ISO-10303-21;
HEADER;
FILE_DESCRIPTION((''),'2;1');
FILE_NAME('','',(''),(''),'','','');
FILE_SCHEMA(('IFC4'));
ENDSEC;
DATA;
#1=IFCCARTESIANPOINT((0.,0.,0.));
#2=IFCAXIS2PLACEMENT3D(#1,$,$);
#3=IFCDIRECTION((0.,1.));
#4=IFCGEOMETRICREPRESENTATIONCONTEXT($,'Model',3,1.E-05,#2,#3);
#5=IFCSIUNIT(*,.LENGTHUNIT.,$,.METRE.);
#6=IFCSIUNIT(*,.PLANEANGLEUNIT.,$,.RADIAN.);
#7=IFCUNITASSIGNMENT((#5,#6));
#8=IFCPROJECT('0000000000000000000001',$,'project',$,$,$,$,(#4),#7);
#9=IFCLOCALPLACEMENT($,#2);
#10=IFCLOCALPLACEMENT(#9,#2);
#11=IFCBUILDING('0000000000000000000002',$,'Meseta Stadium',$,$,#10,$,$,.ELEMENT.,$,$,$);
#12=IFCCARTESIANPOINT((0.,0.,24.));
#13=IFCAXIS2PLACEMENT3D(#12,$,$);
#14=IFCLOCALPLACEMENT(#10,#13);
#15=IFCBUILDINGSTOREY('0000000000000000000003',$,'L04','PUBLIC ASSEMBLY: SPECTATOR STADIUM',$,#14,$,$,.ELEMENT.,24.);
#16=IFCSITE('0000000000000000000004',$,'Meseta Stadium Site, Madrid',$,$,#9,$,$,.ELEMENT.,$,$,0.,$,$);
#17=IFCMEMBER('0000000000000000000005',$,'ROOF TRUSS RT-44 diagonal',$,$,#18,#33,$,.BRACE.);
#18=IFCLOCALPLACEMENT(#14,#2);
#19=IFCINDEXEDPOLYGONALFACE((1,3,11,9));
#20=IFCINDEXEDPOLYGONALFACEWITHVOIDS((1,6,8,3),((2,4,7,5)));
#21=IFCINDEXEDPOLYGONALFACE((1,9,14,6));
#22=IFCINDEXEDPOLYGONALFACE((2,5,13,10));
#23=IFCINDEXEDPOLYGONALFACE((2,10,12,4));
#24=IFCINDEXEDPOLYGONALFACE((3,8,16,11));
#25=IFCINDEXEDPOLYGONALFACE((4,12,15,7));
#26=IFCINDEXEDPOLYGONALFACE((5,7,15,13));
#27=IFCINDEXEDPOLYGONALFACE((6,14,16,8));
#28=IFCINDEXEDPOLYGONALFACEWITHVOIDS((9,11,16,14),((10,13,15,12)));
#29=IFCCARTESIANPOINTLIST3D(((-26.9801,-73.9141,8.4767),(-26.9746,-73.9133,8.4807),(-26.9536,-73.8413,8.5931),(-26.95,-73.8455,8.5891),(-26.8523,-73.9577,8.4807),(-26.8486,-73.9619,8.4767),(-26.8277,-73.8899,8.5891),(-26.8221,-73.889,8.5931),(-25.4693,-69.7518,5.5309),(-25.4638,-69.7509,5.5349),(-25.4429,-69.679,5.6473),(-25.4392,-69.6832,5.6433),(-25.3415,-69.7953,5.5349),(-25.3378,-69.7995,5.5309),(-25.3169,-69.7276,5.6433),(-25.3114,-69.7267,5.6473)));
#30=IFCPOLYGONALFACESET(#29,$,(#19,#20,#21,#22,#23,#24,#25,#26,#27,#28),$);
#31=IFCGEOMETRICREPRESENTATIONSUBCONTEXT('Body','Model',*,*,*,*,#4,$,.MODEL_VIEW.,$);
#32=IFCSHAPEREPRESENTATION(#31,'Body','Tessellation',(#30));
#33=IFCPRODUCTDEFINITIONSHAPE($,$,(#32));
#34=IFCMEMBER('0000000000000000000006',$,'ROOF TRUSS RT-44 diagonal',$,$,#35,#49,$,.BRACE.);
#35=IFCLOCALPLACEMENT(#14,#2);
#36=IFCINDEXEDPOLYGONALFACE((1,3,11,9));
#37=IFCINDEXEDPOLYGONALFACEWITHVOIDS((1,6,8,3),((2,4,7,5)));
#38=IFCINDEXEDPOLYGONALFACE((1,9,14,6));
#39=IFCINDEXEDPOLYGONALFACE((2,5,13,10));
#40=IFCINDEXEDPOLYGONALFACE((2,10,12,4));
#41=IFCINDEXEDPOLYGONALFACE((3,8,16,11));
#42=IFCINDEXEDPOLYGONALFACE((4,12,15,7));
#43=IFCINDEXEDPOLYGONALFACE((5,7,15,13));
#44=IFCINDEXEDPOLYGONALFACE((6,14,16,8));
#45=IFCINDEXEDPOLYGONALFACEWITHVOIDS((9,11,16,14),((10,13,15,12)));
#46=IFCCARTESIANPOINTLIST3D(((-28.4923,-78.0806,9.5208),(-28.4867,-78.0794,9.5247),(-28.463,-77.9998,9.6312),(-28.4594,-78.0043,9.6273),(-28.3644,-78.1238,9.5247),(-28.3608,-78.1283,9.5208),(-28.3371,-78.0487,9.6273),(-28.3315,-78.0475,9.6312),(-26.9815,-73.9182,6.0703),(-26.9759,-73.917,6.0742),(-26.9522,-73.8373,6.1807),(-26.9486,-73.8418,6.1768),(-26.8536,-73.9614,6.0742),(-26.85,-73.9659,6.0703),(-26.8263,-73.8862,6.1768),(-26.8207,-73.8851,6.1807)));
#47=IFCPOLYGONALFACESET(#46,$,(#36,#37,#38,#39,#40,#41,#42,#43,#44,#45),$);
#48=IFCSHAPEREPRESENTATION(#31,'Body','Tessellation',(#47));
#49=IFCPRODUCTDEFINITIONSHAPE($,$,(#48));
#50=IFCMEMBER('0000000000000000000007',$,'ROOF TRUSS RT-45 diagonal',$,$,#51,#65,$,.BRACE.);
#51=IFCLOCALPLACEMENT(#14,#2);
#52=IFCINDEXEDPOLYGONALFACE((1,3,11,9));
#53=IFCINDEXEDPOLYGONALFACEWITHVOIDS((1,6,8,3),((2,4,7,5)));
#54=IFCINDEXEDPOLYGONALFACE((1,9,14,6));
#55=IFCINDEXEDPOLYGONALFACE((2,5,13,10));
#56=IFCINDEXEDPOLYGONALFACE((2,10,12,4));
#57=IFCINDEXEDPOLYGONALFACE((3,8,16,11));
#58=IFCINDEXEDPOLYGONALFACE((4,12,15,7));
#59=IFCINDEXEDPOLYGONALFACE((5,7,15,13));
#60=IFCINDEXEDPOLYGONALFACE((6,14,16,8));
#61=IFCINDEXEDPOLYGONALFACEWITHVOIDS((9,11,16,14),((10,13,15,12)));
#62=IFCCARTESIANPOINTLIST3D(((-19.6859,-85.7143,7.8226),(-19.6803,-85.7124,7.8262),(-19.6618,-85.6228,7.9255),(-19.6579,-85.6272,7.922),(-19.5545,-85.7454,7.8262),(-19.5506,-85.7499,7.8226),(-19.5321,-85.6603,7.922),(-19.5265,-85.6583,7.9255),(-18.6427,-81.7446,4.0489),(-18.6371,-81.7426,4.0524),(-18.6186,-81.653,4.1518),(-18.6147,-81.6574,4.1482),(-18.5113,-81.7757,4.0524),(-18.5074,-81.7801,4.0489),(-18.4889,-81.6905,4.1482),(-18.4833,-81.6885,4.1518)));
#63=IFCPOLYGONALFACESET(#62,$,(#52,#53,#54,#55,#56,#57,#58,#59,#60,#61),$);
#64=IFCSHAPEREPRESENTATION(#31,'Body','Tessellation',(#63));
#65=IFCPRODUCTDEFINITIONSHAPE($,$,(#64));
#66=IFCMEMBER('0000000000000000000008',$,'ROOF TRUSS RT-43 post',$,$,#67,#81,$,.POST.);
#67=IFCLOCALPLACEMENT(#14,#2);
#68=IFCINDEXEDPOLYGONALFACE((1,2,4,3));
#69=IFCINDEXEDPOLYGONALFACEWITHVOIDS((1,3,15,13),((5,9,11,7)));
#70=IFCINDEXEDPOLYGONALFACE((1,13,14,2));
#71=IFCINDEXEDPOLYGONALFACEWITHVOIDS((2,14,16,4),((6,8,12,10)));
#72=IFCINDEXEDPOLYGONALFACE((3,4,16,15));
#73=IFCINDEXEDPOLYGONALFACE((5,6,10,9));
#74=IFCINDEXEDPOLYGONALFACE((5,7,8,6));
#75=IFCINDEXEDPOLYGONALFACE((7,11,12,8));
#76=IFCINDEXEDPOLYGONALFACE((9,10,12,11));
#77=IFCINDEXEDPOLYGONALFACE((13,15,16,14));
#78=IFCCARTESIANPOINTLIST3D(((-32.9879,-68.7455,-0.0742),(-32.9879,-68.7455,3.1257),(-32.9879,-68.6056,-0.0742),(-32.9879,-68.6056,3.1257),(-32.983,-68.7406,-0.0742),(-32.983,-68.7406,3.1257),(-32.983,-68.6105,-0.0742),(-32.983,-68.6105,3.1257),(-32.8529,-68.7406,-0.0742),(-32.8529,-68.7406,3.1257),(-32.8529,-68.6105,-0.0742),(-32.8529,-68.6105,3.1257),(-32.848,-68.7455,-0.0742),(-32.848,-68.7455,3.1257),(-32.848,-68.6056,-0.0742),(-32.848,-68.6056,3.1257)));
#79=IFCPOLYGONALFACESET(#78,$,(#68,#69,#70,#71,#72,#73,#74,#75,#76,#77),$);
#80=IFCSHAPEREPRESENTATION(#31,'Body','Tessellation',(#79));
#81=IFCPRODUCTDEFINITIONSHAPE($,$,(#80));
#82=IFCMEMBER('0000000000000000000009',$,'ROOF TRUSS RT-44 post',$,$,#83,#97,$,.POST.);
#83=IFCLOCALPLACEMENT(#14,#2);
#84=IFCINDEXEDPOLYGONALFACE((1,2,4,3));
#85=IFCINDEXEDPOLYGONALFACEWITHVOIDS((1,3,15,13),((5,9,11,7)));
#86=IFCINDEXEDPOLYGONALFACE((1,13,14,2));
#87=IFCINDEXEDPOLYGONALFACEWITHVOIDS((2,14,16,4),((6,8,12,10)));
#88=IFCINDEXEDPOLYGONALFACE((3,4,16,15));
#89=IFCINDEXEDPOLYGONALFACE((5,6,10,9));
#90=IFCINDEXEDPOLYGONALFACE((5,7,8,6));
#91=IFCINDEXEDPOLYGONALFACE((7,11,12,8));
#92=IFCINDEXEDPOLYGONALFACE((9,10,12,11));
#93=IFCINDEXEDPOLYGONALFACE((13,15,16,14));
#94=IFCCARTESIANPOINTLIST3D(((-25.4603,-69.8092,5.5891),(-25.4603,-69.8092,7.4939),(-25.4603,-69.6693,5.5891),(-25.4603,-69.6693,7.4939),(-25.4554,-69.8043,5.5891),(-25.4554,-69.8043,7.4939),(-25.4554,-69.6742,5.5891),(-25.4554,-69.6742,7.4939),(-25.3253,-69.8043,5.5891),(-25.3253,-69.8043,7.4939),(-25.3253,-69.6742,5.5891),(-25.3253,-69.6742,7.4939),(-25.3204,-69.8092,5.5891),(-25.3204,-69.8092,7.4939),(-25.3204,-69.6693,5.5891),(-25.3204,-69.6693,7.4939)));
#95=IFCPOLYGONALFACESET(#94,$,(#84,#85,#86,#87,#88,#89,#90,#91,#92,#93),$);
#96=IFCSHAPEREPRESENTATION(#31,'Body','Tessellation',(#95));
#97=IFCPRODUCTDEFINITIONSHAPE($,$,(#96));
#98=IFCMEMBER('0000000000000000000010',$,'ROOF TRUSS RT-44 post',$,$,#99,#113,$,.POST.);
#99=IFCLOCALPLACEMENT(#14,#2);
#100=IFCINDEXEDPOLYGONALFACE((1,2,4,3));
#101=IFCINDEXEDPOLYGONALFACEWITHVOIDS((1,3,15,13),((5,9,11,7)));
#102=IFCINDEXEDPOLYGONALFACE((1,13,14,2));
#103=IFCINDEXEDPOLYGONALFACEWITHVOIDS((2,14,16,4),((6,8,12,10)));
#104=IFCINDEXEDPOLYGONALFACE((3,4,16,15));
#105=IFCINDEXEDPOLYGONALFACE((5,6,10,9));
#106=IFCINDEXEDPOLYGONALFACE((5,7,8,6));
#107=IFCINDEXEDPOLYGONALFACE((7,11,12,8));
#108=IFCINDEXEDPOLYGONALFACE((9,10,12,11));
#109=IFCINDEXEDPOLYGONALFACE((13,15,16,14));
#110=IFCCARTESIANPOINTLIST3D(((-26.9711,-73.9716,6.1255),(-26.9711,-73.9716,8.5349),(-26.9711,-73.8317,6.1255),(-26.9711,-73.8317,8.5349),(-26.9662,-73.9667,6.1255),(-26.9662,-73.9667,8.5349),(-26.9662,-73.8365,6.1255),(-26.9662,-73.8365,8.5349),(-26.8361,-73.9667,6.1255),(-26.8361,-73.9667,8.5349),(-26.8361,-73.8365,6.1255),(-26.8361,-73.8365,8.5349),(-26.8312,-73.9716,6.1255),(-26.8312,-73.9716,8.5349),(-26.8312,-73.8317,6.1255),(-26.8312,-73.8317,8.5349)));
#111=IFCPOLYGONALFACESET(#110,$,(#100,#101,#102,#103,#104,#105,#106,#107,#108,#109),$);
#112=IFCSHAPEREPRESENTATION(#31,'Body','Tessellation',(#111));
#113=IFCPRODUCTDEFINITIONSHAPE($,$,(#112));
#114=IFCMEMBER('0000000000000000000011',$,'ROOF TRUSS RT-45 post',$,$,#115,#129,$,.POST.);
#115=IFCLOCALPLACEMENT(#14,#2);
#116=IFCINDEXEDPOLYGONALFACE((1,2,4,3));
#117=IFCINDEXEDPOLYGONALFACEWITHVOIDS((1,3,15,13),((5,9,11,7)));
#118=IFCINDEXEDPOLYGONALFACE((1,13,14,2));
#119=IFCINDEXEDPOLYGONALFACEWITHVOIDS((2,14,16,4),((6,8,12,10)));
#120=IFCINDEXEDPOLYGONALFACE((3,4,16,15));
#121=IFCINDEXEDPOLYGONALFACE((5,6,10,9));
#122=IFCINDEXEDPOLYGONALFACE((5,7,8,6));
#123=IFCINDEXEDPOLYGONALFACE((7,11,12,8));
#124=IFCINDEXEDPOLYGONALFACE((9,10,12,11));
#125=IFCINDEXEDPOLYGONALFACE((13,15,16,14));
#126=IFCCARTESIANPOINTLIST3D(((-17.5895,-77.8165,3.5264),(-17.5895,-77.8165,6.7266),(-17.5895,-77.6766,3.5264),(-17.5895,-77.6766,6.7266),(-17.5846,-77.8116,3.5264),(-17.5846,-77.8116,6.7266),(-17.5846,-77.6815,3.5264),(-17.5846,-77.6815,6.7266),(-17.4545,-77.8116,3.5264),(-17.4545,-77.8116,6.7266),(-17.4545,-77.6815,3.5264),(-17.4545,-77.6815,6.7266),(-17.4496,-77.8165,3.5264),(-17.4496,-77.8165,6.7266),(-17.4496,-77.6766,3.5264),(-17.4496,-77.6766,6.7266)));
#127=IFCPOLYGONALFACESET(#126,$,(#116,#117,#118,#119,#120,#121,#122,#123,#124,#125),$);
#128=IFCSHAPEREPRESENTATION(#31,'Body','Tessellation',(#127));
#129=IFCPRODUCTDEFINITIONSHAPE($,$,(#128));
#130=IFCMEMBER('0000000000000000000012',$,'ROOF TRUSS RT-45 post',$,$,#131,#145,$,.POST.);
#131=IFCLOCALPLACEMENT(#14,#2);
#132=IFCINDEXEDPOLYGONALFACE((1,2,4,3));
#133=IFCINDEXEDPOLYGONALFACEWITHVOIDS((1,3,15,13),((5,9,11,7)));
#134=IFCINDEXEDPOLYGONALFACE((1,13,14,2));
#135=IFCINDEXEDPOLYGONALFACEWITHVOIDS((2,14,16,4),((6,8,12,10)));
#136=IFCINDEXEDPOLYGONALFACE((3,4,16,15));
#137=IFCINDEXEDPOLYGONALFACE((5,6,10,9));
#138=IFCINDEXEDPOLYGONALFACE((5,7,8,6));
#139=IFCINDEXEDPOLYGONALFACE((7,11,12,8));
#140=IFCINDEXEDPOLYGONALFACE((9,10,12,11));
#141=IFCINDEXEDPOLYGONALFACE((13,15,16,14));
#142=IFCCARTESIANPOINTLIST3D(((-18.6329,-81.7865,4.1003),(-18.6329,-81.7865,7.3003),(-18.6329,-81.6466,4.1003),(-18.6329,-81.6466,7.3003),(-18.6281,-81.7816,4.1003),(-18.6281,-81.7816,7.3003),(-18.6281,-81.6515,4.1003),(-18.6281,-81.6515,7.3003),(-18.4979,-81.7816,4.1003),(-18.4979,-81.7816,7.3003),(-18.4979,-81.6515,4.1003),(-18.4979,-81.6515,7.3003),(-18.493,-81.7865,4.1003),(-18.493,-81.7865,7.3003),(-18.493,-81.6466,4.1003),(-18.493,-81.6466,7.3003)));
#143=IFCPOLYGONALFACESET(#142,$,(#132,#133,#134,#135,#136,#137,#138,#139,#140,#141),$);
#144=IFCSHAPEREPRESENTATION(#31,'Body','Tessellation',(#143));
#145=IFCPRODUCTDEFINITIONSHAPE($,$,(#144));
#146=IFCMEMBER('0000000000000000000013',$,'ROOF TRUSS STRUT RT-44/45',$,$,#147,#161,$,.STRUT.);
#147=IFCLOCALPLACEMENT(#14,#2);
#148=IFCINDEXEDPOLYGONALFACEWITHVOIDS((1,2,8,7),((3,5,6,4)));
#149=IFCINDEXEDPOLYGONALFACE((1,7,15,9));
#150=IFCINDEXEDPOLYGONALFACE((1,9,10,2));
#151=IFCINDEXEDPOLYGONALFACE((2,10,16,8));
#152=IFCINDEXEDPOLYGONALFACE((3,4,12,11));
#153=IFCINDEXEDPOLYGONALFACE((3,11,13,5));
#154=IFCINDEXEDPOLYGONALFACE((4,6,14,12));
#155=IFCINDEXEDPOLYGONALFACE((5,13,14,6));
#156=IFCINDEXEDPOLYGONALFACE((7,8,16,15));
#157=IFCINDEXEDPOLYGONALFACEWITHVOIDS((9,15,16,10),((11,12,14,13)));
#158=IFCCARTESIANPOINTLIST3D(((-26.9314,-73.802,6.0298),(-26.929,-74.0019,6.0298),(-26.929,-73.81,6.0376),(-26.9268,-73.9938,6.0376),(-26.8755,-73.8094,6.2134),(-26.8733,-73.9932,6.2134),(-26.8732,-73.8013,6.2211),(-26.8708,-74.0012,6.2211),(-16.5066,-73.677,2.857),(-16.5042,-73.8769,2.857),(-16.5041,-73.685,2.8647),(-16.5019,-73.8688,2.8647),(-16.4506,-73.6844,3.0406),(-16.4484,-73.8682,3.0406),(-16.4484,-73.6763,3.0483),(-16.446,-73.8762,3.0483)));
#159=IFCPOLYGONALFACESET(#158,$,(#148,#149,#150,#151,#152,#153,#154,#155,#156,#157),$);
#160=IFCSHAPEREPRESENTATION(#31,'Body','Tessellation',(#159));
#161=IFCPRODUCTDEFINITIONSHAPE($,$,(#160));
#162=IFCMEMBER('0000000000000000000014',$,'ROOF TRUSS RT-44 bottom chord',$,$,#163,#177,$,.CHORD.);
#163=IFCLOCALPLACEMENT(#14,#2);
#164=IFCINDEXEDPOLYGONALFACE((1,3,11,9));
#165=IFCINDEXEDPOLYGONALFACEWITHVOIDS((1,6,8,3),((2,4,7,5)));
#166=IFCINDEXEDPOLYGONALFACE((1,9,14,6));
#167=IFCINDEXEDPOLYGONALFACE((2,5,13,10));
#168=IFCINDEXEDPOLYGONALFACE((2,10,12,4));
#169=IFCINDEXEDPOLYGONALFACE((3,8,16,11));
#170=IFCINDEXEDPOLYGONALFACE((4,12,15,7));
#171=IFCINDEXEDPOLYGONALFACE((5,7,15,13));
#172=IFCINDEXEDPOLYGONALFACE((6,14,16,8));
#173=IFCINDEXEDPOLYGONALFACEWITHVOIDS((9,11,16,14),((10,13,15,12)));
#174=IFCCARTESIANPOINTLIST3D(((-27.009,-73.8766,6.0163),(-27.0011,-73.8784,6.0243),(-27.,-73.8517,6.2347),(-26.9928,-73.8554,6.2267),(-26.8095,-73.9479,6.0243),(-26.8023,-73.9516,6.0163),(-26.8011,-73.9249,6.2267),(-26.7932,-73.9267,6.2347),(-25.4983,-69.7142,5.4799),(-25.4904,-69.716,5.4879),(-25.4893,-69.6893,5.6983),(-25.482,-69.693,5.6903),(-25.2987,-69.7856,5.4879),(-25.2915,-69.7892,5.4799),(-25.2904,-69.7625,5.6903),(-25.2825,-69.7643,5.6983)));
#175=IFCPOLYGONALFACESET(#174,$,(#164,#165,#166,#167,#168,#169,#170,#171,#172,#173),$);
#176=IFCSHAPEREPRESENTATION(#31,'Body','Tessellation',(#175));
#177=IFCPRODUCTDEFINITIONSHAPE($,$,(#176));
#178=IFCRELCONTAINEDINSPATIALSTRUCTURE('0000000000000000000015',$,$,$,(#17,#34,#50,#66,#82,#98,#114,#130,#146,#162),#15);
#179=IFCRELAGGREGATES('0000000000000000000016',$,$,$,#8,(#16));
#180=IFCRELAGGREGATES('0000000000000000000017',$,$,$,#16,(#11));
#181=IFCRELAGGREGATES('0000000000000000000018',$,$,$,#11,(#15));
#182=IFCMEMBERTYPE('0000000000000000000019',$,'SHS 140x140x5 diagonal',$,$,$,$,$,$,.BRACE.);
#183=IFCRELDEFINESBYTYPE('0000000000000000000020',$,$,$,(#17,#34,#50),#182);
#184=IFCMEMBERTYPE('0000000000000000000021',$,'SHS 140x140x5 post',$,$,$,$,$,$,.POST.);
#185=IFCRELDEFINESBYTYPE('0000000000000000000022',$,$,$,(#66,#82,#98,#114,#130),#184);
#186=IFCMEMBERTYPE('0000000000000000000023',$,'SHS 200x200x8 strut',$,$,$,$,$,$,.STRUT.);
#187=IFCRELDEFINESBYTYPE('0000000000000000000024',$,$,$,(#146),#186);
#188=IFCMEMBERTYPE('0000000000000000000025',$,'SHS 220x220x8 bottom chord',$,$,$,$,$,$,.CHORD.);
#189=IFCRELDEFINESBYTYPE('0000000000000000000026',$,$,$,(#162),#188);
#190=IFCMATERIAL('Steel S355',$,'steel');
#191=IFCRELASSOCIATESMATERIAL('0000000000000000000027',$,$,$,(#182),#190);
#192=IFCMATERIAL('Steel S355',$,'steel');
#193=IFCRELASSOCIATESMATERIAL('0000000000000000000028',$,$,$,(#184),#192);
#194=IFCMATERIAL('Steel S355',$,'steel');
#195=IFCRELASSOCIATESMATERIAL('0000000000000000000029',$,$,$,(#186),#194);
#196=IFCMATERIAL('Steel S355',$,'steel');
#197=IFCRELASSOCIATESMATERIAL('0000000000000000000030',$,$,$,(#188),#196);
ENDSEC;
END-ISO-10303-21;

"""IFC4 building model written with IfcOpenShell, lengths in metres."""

from ifc_helpers import new_model, si_unit, direction, frame, origin, origin_2d, place, context, subcontext, project, spatial, hollow_rectangle, extrude, material, material_profile, profile_set, type_object, element, save


model = new_model("IFC4")

# Units and contexts
model_context = context("Model", 3, precision=1e-05, world=origin(), true_north=direction((0.0, 1.0)))
body_context = subcontext(model_context, "Body", "Model", "MODEL_VIEW")
ifc_project = project(units=[si_unit("LENGTHUNIT", "METRE"), si_unit("PLANEANGLEUNIT", "RADIAN")], contexts=[model_context])

# Site, building, storey
site_placement = place(None, origin())
site = spatial("IfcSite", under=ifc_project, at=site_placement, Name="Meseta Stadium Site, Madrid", CompositionType="ELEMENT", RefElevation=0.0)
building_placement = place(site_placement, origin())
building = spatial("IfcBuilding", under=site, at=building_placement, Name="Meseta Stadium", CompositionType="ELEMENT")
storey_placement = place(building_placement, frame((0.0, 0.0, 24.0)))
storey = spatial("IfcBuildingStorey", under=building, at=storey_placement, Name="L04", Description="PUBLIC ASSEMBLY: SPECTATOR STADIUM", CompositionType="ELEMENT", Elevation=24.0)

# Members
ifc_material_1 = material(Name="Steel S355", Category="steel")
ifc_material_profile_1 = material_profile(ifc_material_1, hollow_rectangle(XDim=0.1399, YDim=0.1399, WallThickness=0.0049, at=origin_2d()), Name="SHS 140x140x5")
ifc_profile_set_1 = profile_set([ifc_material_profile_1], Name="Steel S355")
member_type_1 = type_object("IfcMemberType", Name="SHS 140x140x5 diagonal", PredefinedType="BRACE", material=ifc_profile_set_1)
member_1_placement = place(storey_placement, frame((-25.3904, -69.7393, 5.5891), z_axis=(-0.28406, -0.782634, 0.55389), x_axis=(0.939999, -0.341176, 0.0)))
element("IfcMember", 1, at=member_1_placement, inside=storey, type_object=member_type_1, Name="ROOF TRUSS RT-44 diagonal", PredefinedType="BRACE", context=body_context, shape_type="SweptSolid", body=[
    extrude(hollow_rectangle(XDim=0.1399, YDim=0.1399, WallThickness=0.0049, at=origin_2d()), origin(), (0.0, 0.0, 1.0), 5.3184),
])
member_2_placement = place(storey_placement, frame((-26.9011, -73.9016, 6.1255), z_axis=(-0.269119, -0.74147, 0.614652), x_axis=(0.939999, -0.341176, 0.0)))
element("IfcMember", 2, at=member_2_placement, inside=storey, type_object=member_type_1, Name="ROOF TRUSS RT-44 diagonal", PredefinedType="BRACE", context=body_context, shape_type="SweptSolid", body=[
    extrude(hollow_rectangle(XDim=0.1399, YDim=0.1399, WallThickness=0.0049, at=origin_2d()), origin(), (0.0, 0.0, 1.0), 5.6138),
])
member_3_placement = place(storey_placement, frame((-18.563, -81.7166, 4.1003), z_axis=(-0.187102, -0.711978, 0.676817), x_axis=(0.967162, -0.254162, 0.0)))
element("IfcMember", 3, at=member_3_placement, inside=storey, type_object=member_type_1, Name="ROOF TRUSS RT-45 diagonal", PredefinedType="BRACE", context=body_context, shape_type="SweptSolid", body=[
    extrude(hollow_rectangle(XDim=0.1399, YDim=0.1399, WallThickness=0.0049, at=origin_2d()), origin(), (0.0, 0.0, 1.0), 5.5757),
])
ifc_material_2 = material(Name="Steel S355", Category="steel")
ifc_material_profile_2 = material_profile(ifc_material_2, hollow_rectangle(XDim=0.1399, YDim=0.1399, WallThickness=0.0049, at=origin_2d()), Name="SHS 140x140x5")
ifc_profile_set_2 = profile_set([ifc_material_profile_2], Name="Steel S355")
member_type_2 = type_object("IfcMemberType", Name="SHS 140x140x5 post", PredefinedType="POST", material=ifc_profile_set_2)
member_4_placement = place(storey_placement, frame((-32.918, -68.6755, -0.0742), z_axis=(0.0, 0.0, 1.0), x_axis=(1.0, 0.0, 0.0)))
element("IfcMember", 4, at=member_4_placement, inside=storey, type_object=member_type_2, Name="ROOF TRUSS RT-43 post", PredefinedType="POST", context=body_context, shape_type="SweptSolid", body=[
    extrude(hollow_rectangle(XDim=0.1399, YDim=0.1399, WallThickness=0.0049, at=origin_2d()), origin(), (0.0, 0.0, 1.0), 3.2),
])
member_5_placement = place(storey_placement, frame((-25.3904, -69.7393, 5.5891), z_axis=(0.0, 0.0, 1.0), x_axis=(1.0, 0.0, 0.0)))
element("IfcMember", 5, at=member_5_placement, inside=storey, type_object=member_type_2, Name="ROOF TRUSS RT-44 post", PredefinedType="POST", context=body_context, shape_type="SweptSolid", body=[
    extrude(hollow_rectangle(XDim=0.1399, YDim=0.1399, WallThickness=0.0049, at=origin_2d()), origin(), (0.0, 0.0, 1.0), 1.9048),
])
member_6_placement = place(storey_placement, frame((-26.9011, -73.9016, 6.1255), z_axis=(0.0, 0.0, 1.0), x_axis=(1.0, 0.0, 0.0)))
element("IfcMember", 6, at=member_6_placement, inside=storey, type_object=member_type_2, Name="ROOF TRUSS RT-44 post", PredefinedType="POST", context=body_context, shape_type="SweptSolid", body=[
    extrude(hollow_rectangle(XDim=0.1399, YDim=0.1399, WallThickness=0.0049, at=origin_2d()), origin(), (0.0, 0.0, 1.0), 2.4094),
])
member_7_placement = place(storey_placement, frame((-17.5195, -77.7466, 3.5264), z_axis=(0.0, 0.0, 1.0), x_axis=(1.0, 0.0, 0.0)))
element("IfcMember", 7, at=member_7_placement, inside=storey, type_object=member_type_2, Name="ROOF TRUSS RT-45 post", PredefinedType="POST", context=body_context, shape_type="SweptSolid", body=[
    extrude(hollow_rectangle(XDim=0.1399, YDim=0.1399, WallThickness=0.0049, at=origin_2d()), origin(), (0.0, 0.0, 1.0), 3.2002),
])
member_8_placement = place(storey_placement, frame((-18.563, -81.7166, 4.1003), z_axis=(0.0, 0.0, 1.0), x_axis=(1.0, 0.0, 0.0)))
element("IfcMember", 8, at=member_8_placement, inside=storey, type_object=member_type_2, Name="ROOF TRUSS RT-45 post", PredefinedType="POST", context=body_context, shape_type="SweptSolid", body=[
    extrude(hollow_rectangle(XDim=0.1399, YDim=0.1399, WallThickness=0.0049, at=origin_2d()), origin(), (0.0, 0.0, 1.0), 3.2),
])
ifc_material_3 = material(Name="Steel S355", Category="steel")
ifc_material_profile_3 = material_profile(ifc_material_3, hollow_rectangle(XDim=0.2, YDim=0.2, WallThickness=0.0081, at=origin_2d()), Name="SHS 200x200x8")
ifc_profile_set_3 = profile_set([ifc_material_profile_3], Name="Steel S355")
member_type_3 = type_object("IfcMemberType", Name="SHS 200x200x8 strut", PredefinedType="STRUT", material=ifc_profile_set_3)
member_9_placement = place(storey_placement, frame((-26.9011, -73.9016, 6.1255), z_axis=(0.956609, 0.01147, -0.29115), x_axis=(-0.01199, 0.999928, 0.0)))
element("IfcMember", 9, at=member_9_placement, inside=storey, type_object=member_type_3, Name="ROOF TRUSS STRUT RT-44/45", PredefinedType="STRUT", context=body_context, shape_type="SweptSolid", body=[
    extrude(hollow_rectangle(XDim=0.2, YDim=0.2, WallThickness=0.0081, at=origin_2d()), origin(), (0.0, 0.0, 1.0), 10.8977),
])
ifc_material_4 = material(Name="Steel S355", Category="steel")
ifc_material_profile_4 = material_profile(ifc_material_4, hollow_rectangle(XDim=0.22, YDim=0.22, WallThickness=0.0081, at=origin_2d()), Name="SHS 220x220x8")
ifc_profile_set_4 = profile_set([ifc_material_profile_4], Name="Steel S355")
member_type_4 = type_object("IfcMemberType", Name="SHS 220x220x8 bottom chord", PredefinedType="CHORD", material=ifc_profile_set_4)
member_10_placement = place(storey_placement, frame((-25.3904, -69.7393, 5.5891), z_axis=(-0.338701, -0.933178, 0.120253), x_axis=(0.939999, -0.341176, 0.0)))
element("IfcMember", 10, at=member_10_placement, inside=storey, type_object=member_type_4, Name="ROOF TRUSS RT-44 bottom chord", PredefinedType="CHORD", context=body_context, shape_type="SweptSolid", body=[
    extrude(hollow_rectangle(XDim=0.22, YDim=0.22, WallThickness=0.0081, at=origin_2d()), origin(), (0.0, 0.0, 1.0), 4.4604),
])

save(model, "model.ifc")
